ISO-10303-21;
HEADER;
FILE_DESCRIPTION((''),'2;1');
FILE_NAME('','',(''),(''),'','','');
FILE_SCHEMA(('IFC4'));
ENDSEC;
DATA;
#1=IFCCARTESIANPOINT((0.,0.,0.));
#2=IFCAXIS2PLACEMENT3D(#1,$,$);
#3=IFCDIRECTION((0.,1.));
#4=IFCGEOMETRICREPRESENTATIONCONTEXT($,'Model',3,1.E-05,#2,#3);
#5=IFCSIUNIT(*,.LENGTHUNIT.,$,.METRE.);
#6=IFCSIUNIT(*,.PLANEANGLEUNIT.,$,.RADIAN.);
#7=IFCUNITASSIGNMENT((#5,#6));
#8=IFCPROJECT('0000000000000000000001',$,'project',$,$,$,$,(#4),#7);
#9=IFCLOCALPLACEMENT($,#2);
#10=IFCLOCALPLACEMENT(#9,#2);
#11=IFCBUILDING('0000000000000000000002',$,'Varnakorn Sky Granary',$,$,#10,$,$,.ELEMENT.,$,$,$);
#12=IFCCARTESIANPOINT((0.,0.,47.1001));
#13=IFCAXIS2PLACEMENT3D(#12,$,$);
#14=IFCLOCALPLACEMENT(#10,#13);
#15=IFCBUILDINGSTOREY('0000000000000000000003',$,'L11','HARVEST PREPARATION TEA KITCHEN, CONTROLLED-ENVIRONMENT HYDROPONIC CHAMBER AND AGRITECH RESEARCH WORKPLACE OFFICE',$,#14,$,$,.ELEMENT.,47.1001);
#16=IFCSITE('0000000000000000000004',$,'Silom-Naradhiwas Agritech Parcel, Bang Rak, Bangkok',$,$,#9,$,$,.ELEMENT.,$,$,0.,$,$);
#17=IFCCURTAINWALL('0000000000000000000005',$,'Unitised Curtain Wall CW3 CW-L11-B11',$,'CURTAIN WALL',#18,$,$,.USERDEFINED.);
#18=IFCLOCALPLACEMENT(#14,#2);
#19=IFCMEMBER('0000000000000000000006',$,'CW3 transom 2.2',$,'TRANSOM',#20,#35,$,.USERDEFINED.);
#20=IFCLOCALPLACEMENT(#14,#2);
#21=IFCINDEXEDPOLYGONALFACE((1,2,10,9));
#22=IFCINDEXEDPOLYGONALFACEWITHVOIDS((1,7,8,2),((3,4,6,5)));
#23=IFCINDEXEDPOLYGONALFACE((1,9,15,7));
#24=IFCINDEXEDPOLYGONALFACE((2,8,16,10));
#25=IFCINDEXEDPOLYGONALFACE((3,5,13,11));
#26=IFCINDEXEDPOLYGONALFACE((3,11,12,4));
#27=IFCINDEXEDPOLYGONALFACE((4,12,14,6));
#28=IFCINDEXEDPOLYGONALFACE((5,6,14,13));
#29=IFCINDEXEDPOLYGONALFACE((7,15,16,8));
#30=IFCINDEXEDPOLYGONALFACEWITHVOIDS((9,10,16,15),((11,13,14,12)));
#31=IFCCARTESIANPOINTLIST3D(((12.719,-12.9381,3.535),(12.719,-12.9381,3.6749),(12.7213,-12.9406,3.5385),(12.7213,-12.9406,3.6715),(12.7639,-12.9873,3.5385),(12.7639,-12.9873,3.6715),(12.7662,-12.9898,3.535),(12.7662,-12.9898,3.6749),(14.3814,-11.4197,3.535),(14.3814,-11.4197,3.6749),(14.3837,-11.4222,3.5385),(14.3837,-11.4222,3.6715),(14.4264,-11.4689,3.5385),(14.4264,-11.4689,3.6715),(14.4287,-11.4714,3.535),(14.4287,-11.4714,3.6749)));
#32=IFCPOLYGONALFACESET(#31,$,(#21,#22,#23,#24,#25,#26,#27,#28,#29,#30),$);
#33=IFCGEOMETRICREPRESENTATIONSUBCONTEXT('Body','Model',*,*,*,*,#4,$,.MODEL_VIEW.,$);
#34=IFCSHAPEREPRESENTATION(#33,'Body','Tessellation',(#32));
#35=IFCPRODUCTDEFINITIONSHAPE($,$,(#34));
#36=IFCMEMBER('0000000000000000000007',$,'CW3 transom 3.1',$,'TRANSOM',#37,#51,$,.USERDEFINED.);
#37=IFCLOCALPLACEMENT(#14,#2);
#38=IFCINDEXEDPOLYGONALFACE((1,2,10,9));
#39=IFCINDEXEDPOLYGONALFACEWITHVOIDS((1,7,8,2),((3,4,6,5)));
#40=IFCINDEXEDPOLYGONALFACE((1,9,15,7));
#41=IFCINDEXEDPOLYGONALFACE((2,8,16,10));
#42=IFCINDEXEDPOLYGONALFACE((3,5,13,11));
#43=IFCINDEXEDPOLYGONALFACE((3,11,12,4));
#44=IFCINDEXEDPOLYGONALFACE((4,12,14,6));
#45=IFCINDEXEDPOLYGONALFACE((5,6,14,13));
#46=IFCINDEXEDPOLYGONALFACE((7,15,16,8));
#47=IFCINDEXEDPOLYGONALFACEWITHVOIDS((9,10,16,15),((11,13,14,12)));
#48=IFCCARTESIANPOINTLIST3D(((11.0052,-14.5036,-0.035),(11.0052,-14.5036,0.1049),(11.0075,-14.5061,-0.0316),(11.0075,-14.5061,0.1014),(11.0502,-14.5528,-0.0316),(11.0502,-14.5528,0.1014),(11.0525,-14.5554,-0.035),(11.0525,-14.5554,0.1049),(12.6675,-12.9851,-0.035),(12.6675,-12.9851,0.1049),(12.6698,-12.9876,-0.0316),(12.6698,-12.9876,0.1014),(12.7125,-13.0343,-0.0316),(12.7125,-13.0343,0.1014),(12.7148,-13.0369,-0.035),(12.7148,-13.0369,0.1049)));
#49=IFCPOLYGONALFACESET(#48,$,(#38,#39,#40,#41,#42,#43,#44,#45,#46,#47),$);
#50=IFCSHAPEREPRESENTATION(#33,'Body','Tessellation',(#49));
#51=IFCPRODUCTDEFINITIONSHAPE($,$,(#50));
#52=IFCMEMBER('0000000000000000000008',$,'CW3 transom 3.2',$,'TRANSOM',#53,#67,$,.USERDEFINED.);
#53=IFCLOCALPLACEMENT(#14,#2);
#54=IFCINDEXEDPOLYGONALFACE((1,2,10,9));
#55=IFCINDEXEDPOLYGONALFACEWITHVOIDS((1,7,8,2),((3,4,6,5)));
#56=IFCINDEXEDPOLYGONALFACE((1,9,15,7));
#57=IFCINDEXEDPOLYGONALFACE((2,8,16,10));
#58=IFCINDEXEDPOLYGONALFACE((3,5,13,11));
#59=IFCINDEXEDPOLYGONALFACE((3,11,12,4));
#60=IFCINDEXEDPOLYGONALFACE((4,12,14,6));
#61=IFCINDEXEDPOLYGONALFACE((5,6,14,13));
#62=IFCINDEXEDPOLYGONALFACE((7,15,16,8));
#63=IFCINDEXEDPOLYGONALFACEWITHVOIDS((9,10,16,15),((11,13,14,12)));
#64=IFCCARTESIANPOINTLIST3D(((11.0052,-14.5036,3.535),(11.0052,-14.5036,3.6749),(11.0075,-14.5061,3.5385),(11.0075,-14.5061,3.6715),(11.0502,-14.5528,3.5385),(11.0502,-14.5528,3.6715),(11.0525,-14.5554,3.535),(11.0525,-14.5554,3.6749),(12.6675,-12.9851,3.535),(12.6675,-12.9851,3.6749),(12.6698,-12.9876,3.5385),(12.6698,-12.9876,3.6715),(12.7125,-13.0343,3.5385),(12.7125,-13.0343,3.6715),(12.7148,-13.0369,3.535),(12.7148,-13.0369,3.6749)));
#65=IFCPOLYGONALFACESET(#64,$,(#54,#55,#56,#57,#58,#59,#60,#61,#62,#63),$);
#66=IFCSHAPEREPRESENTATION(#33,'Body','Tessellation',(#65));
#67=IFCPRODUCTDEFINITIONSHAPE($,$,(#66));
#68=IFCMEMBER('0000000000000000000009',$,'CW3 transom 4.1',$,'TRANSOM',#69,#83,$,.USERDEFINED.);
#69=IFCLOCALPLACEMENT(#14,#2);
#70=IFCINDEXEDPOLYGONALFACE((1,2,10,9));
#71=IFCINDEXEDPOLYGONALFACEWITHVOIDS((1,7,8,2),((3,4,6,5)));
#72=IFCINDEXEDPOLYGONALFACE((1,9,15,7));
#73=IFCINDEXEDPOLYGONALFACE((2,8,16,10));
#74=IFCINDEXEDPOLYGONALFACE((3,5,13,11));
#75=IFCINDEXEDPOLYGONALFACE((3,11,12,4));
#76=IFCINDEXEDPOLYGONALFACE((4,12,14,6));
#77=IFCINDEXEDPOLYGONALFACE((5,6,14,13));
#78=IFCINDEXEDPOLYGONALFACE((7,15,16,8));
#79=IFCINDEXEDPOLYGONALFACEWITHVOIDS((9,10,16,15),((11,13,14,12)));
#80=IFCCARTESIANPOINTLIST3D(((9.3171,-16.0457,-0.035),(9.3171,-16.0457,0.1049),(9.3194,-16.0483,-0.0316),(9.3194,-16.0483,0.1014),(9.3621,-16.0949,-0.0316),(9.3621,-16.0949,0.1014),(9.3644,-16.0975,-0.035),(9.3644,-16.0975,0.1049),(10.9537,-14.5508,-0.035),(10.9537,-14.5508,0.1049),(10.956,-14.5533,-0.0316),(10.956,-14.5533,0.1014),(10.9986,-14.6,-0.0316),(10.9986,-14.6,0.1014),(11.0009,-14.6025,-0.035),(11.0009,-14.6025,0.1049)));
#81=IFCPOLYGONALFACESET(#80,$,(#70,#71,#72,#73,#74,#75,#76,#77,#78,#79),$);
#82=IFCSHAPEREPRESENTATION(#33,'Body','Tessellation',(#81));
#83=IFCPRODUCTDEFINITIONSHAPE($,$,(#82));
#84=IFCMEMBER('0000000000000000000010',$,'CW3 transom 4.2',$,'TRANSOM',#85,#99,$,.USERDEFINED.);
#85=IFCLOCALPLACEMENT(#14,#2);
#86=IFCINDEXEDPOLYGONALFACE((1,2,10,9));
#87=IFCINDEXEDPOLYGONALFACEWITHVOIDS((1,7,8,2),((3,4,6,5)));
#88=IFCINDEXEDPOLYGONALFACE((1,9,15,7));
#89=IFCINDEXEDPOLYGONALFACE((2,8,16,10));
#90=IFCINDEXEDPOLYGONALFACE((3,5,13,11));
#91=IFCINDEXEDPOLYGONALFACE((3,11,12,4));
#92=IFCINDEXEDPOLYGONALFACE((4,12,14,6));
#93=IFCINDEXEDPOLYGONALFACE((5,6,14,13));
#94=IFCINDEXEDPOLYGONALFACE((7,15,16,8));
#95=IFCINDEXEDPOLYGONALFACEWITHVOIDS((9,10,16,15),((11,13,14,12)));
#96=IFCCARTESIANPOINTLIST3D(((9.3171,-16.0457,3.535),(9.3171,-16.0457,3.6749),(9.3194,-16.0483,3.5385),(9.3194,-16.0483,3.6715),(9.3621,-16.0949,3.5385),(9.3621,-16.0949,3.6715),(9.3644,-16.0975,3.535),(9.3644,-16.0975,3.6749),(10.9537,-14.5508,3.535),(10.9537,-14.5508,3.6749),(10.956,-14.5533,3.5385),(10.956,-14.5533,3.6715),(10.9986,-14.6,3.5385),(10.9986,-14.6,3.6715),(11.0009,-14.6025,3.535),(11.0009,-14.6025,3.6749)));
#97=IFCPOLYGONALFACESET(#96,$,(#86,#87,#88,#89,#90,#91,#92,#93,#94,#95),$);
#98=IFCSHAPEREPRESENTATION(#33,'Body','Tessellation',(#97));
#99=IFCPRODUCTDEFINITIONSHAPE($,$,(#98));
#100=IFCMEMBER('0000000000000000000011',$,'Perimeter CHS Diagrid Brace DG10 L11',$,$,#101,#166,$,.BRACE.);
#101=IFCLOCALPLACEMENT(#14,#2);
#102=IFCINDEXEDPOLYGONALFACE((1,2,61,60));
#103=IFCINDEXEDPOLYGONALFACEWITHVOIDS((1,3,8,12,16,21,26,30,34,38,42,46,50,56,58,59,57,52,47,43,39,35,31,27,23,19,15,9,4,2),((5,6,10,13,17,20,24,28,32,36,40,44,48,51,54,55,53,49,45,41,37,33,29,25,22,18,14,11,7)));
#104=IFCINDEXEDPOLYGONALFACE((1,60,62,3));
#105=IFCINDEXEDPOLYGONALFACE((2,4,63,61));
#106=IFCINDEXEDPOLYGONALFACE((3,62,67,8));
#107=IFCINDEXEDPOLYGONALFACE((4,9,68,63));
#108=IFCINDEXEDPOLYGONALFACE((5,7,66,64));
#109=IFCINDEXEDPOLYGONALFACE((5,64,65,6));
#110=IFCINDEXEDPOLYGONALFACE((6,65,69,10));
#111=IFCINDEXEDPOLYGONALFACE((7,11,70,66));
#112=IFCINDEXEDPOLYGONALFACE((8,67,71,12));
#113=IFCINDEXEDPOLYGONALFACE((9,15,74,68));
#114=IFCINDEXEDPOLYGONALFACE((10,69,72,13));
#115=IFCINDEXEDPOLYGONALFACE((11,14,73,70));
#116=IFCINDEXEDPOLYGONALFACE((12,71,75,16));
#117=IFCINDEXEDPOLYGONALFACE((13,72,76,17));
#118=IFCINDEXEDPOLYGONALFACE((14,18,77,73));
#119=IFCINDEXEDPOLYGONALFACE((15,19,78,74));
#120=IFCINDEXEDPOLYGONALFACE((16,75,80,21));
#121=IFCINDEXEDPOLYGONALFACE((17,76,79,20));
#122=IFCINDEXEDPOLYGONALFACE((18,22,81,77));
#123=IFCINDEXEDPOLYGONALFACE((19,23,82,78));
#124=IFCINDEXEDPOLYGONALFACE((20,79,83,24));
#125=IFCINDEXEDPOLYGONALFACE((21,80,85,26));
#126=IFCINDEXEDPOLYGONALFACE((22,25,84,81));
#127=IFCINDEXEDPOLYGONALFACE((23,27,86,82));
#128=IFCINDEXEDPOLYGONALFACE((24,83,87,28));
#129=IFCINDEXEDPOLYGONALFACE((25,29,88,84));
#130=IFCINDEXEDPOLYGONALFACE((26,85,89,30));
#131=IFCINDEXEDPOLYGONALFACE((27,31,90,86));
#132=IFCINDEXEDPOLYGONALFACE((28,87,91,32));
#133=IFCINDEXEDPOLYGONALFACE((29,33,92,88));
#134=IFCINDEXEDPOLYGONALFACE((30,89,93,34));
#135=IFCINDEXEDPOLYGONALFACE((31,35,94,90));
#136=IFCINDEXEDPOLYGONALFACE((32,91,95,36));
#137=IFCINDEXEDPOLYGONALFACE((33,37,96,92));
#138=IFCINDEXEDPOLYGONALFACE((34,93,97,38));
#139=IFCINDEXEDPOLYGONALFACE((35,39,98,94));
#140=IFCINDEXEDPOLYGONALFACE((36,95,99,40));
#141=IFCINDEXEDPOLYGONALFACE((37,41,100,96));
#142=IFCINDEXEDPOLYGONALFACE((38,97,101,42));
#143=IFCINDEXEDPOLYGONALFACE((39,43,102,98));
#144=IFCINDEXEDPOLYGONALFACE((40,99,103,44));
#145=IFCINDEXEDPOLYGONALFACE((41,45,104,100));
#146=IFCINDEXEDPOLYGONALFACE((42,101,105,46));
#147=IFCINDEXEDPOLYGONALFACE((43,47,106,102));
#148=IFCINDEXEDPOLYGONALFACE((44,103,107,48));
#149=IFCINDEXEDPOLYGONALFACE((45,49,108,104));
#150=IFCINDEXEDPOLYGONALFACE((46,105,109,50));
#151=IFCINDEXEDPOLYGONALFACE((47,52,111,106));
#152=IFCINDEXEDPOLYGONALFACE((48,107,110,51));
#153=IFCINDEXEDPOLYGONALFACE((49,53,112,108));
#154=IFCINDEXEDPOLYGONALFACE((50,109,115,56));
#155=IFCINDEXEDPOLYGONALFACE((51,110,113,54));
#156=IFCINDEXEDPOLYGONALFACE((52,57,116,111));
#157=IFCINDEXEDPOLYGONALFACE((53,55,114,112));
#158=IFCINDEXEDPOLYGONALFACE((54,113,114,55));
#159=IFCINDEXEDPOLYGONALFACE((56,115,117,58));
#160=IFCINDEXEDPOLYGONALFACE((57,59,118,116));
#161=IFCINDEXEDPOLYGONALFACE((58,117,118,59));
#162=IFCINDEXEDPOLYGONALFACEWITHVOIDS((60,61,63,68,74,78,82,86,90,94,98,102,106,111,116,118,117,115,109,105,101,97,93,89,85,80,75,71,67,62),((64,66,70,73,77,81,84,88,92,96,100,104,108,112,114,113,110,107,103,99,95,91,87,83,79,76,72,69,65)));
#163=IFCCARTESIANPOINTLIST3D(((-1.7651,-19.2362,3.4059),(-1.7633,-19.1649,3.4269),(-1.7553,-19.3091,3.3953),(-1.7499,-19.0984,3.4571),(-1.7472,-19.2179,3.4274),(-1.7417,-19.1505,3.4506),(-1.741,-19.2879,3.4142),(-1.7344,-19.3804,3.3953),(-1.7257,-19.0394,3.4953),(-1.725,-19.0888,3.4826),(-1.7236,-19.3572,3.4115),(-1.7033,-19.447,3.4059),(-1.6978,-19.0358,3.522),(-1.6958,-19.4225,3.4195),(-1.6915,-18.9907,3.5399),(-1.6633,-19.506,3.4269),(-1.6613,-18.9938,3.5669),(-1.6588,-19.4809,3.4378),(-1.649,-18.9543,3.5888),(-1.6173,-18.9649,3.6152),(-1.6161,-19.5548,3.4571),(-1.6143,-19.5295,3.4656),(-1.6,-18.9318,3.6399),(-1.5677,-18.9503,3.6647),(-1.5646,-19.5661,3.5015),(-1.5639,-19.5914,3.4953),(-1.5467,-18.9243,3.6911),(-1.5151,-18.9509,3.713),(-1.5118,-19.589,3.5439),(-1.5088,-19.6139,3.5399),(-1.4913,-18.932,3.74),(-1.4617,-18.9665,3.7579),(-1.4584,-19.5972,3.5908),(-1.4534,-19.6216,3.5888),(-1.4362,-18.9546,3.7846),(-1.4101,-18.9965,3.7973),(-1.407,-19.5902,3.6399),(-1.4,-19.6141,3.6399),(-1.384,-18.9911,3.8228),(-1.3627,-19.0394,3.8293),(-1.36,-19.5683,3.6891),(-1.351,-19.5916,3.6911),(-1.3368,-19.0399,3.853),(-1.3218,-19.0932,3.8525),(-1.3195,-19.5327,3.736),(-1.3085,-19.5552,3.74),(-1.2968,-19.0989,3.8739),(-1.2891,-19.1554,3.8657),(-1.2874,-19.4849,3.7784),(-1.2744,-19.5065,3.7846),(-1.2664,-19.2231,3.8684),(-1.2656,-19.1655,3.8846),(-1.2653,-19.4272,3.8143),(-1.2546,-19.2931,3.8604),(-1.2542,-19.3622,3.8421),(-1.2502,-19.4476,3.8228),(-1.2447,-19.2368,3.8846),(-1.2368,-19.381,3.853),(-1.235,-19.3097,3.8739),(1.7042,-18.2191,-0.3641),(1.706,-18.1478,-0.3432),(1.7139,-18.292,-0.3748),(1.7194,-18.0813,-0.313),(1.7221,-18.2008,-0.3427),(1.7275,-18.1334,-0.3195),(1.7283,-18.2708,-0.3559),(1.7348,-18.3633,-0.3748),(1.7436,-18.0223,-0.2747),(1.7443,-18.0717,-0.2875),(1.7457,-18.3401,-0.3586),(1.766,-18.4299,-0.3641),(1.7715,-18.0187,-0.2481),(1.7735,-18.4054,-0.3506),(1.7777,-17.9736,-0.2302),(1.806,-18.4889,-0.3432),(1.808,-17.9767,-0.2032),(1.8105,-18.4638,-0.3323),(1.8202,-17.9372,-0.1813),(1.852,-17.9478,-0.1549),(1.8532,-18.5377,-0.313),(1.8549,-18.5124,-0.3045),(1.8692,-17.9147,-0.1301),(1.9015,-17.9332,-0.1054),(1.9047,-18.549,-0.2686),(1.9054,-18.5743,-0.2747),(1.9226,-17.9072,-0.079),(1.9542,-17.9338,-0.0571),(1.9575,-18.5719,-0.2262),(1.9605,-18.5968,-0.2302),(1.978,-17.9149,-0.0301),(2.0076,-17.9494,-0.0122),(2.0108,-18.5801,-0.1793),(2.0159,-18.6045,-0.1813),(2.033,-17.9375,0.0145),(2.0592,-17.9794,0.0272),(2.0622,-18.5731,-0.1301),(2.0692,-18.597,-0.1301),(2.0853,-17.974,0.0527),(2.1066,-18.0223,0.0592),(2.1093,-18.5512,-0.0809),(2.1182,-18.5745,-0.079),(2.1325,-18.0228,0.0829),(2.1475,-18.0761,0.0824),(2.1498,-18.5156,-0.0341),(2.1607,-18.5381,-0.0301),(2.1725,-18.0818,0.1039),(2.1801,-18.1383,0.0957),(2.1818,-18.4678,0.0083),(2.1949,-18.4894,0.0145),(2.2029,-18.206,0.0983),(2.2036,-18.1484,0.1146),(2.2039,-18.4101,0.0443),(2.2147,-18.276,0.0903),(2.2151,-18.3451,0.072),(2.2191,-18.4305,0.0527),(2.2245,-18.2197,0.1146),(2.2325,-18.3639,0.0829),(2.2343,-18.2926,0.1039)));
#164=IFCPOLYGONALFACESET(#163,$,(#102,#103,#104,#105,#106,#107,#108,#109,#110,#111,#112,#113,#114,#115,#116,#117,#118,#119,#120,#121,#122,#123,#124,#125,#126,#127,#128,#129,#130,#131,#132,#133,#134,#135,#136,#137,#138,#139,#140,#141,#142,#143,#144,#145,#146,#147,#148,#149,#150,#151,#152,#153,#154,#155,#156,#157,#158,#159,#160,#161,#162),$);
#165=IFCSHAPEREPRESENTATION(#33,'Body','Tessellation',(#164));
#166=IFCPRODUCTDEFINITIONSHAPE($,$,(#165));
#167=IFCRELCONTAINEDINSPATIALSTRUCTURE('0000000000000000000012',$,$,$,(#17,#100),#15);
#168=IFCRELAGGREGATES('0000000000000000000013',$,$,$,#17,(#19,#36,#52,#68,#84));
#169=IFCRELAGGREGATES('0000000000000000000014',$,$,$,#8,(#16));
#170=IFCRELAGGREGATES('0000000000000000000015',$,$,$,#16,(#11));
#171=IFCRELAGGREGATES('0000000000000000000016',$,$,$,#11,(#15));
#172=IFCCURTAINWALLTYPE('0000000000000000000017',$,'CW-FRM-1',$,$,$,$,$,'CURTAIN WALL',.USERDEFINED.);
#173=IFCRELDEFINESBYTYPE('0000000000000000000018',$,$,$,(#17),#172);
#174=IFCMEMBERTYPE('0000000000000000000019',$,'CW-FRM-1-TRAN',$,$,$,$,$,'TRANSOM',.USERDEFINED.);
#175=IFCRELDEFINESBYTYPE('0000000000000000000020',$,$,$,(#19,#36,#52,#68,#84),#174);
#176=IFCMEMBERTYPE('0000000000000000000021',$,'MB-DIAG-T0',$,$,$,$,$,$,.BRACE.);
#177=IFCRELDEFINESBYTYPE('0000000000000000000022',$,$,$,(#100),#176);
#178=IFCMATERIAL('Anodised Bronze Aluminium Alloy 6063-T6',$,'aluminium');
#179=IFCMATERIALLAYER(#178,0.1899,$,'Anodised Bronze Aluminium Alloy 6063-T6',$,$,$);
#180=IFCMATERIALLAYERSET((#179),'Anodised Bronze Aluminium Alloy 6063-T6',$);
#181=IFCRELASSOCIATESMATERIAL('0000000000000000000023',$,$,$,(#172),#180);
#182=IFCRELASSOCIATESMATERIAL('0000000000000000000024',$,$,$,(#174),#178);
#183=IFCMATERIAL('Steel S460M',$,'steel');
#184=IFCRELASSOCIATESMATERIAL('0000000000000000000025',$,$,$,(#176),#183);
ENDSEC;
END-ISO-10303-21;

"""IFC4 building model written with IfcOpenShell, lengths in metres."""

from ifc_helpers import new_model, si_unit, direction, frame, origin, origin_2d, place, context, subcontext, project, spatial, hollow_rectangle, hollow_circle, extrude, material, layer, layer_set, material_profile, profile_set, type_object, element, aggregate, save


model = new_model("IFC4")

# Units and contexts
model_context = context("Model", 3, precision=1e-05, world=origin(), true_north=direction((0.0, 1.0)))
body_context = subcontext(model_context, "Body", "Model", "MODEL_VIEW")
ifc_project = project(units=[si_unit("LENGTHUNIT", "METRE"), si_unit("PLANEANGLEUNIT", "RADIAN")], contexts=[model_context])

# Site, building, storey
site_placement = place(None, origin())
site = spatial("IfcSite", under=ifc_project, at=site_placement, Name="Silom-Naradhiwas Agritech Parcel, Bang Rak, Bangkok", CompositionType="ELEMENT", RefElevation=0.0)
building_placement = place(site_placement, origin())
building = spatial("IfcBuilding", under=site, at=building_placement, Name="Varnakorn Sky Granary", CompositionType="ELEMENT")
storey_placement = place(building_placement, frame((0.0, 0.0, 47.1001)))
storey = spatial("IfcBuildingStorey", under=building, at=storey_placement, Name="L11", Description="HARVEST PREPARATION TEA KITCHEN, CONTROLLED-ENVIRONMENT HYDROPONIC CHAMBER AND AGRITECH RESEARCH WORKPLACE OFFICE", CompositionType="ELEMENT", Elevation=47.1001)

# Shared definitions
ifc_material_1 = material(Name="Steel S460M", Category="steel")

# Curtain wall
ifc_material_2 = material(Name="Anodised Bronze Aluminium Alloy 6063-T6", Category="aluminium")
ifc_layer_1 = layer(ifc_material_2, 0.1899, Name="Anodised Bronze Aluminium Alloy 6063-T6")
ifc_layer_set_1 = layer_set([ifc_layer_1], Name="Anodised Bronze Aluminium Alloy 6063-T6")
curtain_wall_type = type_object("IfcCurtainWallType", Name="CW-FRM-1", ElementType="CURTAIN WALL", PredefinedType="USERDEFINED", material=ifc_layer_set_1)
curtain_wall_1_placement = place(storey_placement, origin())
curtain_wall_1 = element("IfcCurtainWall", 1, at=curtain_wall_1_placement, inside=storey, type_object=curtain_wall_type, Name="Unitised Curtain Wall CW3 CW-L11-B11", ObjectType="CURTAIN WALL", PredefinedType="USERDEFINED")

# Members
ifc_material_profile_1 = material_profile(ifc_material_2, hollow_rectangle(XDim=0.0701, YDim=0.1399, WallThickness=0.0034, at=origin_2d()), Name="ALU TRAN 70x140")
ifc_profile_set_1 = profile_set([ifc_material_profile_1], Name="Anodised Bronze Aluminium Alloy 6063-T6")
member_type_1 = type_object("IfcMemberType", Name="CW-FRM-1-TRAN", ElementType="TRANSOM", PredefinedType="USERDEFINED", material=ifc_profile_set_1)
member_1_placement = place(storey_placement, frame((14.405, -11.4456, 3.605), z_axis=(-0.738373, -0.674393, 0.0), x_axis=(0.674393, -0.738373, 0.0)))
member_1 = element("IfcMember", 2, at=member_1_placement, type_object=member_type_1, Name="CW3 transom 2.2", ObjectType="TRANSOM", PredefinedType="USERDEFINED", context=body_context, shape_type="SweptSolid", body=[
    extrude(hollow_rectangle(XDim=0.0701, YDim=0.1399, WallThickness=0.0034, at=origin_2d()), origin(), (0.0, 0.0, 1.0), 2.2515),
])
member_2_placement = place(storey_placement, frame((12.6912, -13.011, 0.0349), z_axis=(-0.738319, -0.674452, 0.0), x_axis=(0.674452, -0.738319, 0.0)))
member_2 = element("IfcMember", 3, at=member_2_placement, type_object=member_type_1, Name="CW3 transom 3.1", ObjectType="TRANSOM", PredefinedType="USERDEFINED", context=body_context, shape_type="SweptSolid", body=[
    extrude(hollow_rectangle(XDim=0.0701, YDim=0.1399, WallThickness=0.0034, at=origin_2d()), origin(), (0.0, 0.0, 1.0), 2.2515),
])
member_3_placement = place(storey_placement, frame((12.6912, -13.011, 3.605), z_axis=(-0.738319, -0.674452, 0.0), x_axis=(0.674452, -0.738319, 0.0)))
member_3 = element("IfcMember", 4, at=member_3_placement, type_object=member_type_1, Name="CW3 transom 3.2", ObjectType="TRANSOM", PredefinedType="USERDEFINED", context=body_context, shape_type="SweptSolid", body=[
    extrude(hollow_rectangle(XDim=0.0701, YDim=0.1399, WallThickness=0.0034, at=origin_2d()), origin(), (0.0, 0.0, 1.0), 2.2515),
])
member_4_placement = place(storey_placement, frame((10.9773, -14.5767, 0.0349), z_axis=(-0.738328, -0.674442, 0.0), x_axis=(0.674442, -0.738328, 0.0)))
member_4 = element("IfcMember", 5, at=member_4_placement, type_object=member_type_1, Name="CW3 transom 4.1", ObjectType="TRANSOM", PredefinedType="USERDEFINED", context=body_context, shape_type="SweptSolid", body=[
    extrude(hollow_rectangle(XDim=0.0701, YDim=0.1399, WallThickness=0.0034, at=origin_2d()), origin(), (0.0, 0.0, 1.0), 2.2166),
])
member_5_placement = place(storey_placement, frame((10.9773, -14.5767, 3.605), z_axis=(-0.738328, -0.674442, 0.0), x_axis=(0.674442, -0.738328, 0.0)))
member_5 = element("IfcMember", 6, at=member_5_placement, type_object=member_type_1, Name="CW3 transom 4.2", ObjectType="TRANSOM", PredefinedType="USERDEFINED", context=body_context, shape_type="SweptSolid", body=[
    extrude(hollow_rectangle(XDim=0.0701, YDim=0.1399, WallThickness=0.0034, at=origin_2d()), origin(), (0.0, 0.0, 1.0), 2.2166),
])

# Member
ifc_material_profile_2 = material_profile(ifc_material_1, hollow_circle(Radius=0.3555, WallThickness=0.0249, at=origin_2d()), Name="CHS 711x25")
ifc_profile_set_2 = profile_set([ifc_material_profile_2], Name="Steel S460M")
member_type_2 = type_object("IfcMemberType", Name="MB-DIAG-T0", PredefinedType="BRACE", material=ifc_profile_set_2)
member_6_placement = place(storey_placement, frame((1.9692, -18.2559, -0.1301), z_axis=(-0.664182, -0.194721, 0.721766), x_axis=(0.281333, -0.95961, 0.0)))
element("IfcMember", 7, at=member_6_placement, inside=storey, type_object=member_type_2, Name="Perimeter CHS Diagrid Brace DG10 L11", PredefinedType="BRACE", context=body_context, shape_type="SweptSolid", body=[
    extrude(hollow_circle(Radius=0.3555, WallThickness=0.0249, at=origin_2d()), origin(), (0.0, 0.0, 1.0), 5.2234),
])

aggregate(curtain_wall_1, [member_1, member_2, member_3, member_4, member_5])

save(model, "model.ifc")
